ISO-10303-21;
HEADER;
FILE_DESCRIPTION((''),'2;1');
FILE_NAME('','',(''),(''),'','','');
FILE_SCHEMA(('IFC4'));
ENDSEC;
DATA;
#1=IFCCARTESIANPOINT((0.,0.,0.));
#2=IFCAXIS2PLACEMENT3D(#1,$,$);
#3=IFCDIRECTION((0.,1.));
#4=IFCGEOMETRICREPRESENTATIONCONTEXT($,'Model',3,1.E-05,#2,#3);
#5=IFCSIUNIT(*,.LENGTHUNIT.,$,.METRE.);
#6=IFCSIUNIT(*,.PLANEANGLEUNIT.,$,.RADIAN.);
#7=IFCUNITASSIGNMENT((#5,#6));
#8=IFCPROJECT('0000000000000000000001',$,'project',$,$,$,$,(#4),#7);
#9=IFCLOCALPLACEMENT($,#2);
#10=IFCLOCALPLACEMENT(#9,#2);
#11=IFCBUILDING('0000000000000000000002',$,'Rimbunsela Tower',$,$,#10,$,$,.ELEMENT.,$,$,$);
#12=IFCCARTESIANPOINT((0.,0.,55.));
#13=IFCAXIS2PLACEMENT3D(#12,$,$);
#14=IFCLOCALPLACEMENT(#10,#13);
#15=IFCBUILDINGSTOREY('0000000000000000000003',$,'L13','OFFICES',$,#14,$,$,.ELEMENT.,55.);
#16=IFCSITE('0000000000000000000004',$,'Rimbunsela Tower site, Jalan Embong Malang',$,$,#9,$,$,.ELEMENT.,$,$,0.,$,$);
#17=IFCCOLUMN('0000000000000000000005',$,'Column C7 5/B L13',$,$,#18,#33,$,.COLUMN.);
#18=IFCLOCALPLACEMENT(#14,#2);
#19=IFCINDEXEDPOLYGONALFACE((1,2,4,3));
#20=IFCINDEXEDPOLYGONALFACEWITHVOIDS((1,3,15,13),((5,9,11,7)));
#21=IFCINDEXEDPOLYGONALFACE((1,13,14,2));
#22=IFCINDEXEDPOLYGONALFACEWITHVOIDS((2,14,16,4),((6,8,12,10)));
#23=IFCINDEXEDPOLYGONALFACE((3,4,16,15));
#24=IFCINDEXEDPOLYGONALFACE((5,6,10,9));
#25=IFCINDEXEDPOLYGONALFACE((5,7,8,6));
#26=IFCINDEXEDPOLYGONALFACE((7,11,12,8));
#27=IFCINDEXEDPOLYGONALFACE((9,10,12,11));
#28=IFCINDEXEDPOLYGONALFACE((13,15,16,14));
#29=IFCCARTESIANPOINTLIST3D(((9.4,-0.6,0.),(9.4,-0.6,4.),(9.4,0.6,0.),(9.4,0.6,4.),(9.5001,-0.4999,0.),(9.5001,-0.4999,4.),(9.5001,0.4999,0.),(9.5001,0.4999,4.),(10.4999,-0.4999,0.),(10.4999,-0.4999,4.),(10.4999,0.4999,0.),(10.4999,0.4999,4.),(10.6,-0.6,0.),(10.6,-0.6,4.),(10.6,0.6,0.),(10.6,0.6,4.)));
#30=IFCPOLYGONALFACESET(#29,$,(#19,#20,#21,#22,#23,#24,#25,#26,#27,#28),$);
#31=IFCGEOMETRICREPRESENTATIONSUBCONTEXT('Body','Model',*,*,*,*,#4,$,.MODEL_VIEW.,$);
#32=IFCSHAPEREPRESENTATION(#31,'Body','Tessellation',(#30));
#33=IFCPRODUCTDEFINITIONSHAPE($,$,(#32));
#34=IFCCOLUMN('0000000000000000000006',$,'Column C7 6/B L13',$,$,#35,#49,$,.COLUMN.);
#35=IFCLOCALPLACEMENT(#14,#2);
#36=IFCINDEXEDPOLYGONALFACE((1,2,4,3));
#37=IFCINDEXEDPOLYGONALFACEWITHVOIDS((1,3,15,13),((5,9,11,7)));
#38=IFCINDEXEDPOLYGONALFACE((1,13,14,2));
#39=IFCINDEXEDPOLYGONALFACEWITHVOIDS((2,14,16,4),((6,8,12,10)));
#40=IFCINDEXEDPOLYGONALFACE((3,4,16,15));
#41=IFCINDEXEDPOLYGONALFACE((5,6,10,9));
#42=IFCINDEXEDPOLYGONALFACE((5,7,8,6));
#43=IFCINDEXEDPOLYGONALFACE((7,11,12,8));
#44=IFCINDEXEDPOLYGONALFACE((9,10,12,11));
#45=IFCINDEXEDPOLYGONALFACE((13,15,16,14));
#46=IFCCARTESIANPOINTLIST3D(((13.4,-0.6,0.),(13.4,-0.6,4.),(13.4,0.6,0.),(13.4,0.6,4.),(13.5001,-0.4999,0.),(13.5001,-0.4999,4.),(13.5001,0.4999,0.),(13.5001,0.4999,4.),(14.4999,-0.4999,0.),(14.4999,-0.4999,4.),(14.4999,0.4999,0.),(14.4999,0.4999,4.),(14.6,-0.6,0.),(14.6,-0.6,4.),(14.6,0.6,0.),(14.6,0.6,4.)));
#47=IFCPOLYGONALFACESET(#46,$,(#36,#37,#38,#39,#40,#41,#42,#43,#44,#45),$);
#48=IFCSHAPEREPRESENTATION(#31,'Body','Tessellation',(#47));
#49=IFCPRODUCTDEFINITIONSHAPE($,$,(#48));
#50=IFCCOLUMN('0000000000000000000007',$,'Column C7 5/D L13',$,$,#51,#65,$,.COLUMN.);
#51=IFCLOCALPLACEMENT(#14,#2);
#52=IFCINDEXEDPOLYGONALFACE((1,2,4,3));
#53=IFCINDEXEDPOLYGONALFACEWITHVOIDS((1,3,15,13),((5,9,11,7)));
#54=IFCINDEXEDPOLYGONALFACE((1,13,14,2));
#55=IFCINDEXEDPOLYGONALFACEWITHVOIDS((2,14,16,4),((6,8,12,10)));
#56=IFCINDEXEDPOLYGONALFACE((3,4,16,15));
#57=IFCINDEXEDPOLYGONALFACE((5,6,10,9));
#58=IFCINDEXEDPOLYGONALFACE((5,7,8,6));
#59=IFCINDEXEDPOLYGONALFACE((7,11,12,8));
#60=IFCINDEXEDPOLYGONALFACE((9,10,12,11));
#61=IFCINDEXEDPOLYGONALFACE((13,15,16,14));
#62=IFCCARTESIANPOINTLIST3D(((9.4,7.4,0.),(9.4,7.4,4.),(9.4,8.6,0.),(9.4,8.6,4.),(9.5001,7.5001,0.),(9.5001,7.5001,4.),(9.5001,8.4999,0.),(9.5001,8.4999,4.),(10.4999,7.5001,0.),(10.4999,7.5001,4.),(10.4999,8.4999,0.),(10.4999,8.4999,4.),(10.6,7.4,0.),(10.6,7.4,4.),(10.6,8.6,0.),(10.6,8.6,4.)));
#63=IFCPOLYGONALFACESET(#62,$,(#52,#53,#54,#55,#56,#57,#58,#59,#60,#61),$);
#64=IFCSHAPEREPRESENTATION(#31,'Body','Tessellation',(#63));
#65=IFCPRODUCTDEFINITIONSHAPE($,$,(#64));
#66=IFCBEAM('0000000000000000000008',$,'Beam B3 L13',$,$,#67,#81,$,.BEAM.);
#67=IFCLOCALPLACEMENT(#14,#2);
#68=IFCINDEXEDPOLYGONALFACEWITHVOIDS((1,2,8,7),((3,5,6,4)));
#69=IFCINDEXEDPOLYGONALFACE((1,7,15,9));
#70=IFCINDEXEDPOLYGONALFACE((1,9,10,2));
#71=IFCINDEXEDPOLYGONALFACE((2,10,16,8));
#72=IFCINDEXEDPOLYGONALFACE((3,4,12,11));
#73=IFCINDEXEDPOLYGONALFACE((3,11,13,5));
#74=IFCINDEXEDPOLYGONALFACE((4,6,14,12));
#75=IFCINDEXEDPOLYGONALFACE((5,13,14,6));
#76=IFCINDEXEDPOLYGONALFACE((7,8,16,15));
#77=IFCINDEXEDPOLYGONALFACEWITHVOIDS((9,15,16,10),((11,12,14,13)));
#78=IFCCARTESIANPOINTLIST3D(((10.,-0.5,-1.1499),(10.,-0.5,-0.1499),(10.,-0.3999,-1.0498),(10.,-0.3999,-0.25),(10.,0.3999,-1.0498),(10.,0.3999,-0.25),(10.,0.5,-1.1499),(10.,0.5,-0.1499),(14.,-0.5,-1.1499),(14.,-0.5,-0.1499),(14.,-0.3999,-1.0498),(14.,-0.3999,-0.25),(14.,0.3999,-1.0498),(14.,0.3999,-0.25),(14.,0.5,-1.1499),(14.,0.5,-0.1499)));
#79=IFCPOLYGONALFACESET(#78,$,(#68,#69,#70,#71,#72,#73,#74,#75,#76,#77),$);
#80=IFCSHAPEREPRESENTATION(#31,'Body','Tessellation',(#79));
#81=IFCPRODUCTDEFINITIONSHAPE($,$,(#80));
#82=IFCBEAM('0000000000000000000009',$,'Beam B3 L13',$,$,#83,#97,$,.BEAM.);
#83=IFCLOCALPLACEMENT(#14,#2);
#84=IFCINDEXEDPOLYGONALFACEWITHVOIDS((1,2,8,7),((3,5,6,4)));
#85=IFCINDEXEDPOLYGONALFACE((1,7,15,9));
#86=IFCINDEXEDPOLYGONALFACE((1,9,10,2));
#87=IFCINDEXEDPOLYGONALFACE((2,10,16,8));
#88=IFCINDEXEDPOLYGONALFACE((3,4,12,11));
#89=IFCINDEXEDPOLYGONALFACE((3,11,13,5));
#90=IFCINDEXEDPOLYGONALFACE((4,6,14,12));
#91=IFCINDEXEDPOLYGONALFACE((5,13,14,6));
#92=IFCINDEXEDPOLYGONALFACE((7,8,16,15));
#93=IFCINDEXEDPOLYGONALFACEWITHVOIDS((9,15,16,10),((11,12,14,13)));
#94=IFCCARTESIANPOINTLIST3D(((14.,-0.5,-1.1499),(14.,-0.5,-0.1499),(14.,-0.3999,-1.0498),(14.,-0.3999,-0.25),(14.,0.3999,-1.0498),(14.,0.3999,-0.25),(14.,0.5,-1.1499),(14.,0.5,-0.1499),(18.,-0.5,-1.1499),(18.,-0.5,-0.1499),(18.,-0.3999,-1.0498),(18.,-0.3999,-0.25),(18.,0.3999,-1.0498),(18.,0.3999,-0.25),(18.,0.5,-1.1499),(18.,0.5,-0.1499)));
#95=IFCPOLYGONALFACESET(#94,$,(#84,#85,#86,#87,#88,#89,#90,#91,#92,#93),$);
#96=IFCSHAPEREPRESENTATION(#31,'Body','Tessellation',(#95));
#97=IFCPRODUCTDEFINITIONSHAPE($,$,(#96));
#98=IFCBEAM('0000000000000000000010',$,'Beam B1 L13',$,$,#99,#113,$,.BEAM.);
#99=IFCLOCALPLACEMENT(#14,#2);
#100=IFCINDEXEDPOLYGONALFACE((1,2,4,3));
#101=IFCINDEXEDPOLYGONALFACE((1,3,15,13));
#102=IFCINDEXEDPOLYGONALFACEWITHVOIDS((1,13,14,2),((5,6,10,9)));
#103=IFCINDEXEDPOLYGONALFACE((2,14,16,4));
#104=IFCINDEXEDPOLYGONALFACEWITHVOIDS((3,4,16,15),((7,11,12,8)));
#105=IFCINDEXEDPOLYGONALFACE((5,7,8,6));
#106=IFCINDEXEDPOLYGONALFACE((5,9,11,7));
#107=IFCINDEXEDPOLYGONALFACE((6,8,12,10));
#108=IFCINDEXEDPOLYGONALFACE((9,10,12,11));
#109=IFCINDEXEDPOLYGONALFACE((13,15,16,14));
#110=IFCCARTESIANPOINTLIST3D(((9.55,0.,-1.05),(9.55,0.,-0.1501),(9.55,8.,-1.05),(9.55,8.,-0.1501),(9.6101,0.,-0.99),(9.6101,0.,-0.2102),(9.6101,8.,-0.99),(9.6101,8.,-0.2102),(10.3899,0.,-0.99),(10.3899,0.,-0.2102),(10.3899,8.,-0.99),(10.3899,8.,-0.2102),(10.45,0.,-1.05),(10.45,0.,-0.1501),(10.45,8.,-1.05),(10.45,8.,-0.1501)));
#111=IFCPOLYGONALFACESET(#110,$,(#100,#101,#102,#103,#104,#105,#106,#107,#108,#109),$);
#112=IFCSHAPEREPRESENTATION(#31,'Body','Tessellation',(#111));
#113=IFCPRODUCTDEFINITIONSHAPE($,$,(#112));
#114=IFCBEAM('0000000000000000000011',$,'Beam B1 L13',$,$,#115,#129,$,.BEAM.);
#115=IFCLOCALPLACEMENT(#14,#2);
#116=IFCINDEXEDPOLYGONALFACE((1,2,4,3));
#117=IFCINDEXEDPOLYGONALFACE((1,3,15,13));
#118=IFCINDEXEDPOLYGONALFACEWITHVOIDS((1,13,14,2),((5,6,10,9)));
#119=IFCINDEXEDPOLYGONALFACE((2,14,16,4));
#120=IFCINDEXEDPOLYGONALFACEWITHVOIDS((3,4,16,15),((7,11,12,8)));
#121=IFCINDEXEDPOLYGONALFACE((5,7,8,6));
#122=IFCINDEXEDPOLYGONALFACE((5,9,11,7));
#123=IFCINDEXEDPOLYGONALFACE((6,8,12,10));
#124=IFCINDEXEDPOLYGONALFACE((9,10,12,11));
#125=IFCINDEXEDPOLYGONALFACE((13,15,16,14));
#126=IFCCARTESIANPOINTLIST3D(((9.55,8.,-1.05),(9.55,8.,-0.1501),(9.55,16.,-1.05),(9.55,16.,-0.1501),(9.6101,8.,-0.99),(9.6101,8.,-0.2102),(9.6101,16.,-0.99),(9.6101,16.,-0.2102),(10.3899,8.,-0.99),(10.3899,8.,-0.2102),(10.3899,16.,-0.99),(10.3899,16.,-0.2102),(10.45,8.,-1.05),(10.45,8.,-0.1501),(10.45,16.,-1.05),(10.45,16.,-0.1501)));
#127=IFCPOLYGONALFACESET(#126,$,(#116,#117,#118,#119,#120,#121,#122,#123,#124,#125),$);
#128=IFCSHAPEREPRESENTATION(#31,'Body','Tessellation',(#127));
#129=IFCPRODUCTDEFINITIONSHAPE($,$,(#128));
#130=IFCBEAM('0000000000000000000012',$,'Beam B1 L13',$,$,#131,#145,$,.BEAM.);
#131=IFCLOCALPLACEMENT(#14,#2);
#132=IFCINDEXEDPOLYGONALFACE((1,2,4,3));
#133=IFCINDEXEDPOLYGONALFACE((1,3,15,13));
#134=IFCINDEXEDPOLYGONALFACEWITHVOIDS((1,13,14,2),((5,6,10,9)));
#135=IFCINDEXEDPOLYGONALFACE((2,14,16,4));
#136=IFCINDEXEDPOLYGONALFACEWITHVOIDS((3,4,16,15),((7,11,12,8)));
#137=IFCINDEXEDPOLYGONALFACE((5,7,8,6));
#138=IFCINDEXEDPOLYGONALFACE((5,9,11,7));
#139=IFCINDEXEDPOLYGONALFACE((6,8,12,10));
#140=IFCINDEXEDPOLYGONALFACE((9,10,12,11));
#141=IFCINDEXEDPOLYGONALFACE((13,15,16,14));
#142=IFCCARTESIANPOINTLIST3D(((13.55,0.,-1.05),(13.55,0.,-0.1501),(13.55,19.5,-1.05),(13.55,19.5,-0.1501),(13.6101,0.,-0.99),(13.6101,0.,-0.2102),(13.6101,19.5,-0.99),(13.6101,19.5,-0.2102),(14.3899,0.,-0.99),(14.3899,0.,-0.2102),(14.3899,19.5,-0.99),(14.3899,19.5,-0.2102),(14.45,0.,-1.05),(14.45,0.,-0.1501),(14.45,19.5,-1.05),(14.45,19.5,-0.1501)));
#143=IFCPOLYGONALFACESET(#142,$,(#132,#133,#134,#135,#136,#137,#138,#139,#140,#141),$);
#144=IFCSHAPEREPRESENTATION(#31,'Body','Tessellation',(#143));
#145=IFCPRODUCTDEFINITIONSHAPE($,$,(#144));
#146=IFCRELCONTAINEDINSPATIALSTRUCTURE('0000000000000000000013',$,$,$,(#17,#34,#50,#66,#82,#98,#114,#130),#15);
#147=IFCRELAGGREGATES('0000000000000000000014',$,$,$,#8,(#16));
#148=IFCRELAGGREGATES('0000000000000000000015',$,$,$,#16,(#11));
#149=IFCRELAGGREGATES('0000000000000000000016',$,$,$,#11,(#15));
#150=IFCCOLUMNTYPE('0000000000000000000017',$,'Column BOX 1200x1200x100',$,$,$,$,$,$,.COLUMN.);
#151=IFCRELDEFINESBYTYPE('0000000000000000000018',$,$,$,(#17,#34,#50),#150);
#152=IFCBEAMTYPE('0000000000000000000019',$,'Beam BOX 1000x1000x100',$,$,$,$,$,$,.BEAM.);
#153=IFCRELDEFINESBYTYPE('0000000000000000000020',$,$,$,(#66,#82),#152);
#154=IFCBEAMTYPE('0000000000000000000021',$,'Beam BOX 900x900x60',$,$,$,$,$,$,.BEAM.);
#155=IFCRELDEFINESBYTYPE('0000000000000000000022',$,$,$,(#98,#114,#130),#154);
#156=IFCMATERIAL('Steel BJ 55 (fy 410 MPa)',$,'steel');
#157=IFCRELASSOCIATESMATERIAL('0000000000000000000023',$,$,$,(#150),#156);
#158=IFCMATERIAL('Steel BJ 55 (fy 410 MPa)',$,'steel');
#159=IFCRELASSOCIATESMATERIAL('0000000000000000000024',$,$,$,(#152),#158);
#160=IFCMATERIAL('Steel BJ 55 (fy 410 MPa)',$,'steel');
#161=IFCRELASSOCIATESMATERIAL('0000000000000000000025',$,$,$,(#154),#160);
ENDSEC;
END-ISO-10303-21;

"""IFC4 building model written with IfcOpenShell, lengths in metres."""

from ifc_helpers import new_model, si_unit, direction, frame, origin, origin_2d, place, context, subcontext, project, spatial, hollow_rectangle, extrude, material, material_profile, profile_set, type_object, element, save


model = new_model("IFC4")

# Units and contexts
model_context = context("Model", 3, precision=1e-05, world=origin(), true_north=direction((0.0, 1.0)))
body_context = subcontext(model_context, "Body", "Model", "MODEL_VIEW")
ifc_project = project(units=[si_unit("LENGTHUNIT", "METRE"), si_unit("PLANEANGLEUNIT", "RADIAN")], contexts=[model_context])

# Site, building, storey
site_placement = place(None, origin())
site = spatial("IfcSite", under=ifc_project, at=site_placement, Name="Rimbunsela Tower site, Jalan Embong Malang", CompositionType="ELEMENT", RefElevation=0.0)
building_placement = place(site_placement, origin())
building = spatial("IfcBuilding", under=site, at=building_placement, Name="Rimbunsela Tower", CompositionType="ELEMENT")
storey_placement = place(building_placement, frame((0.0, 0.0, 55.0)))
storey = spatial("IfcBuildingStorey", under=building, at=storey_placement, Name="L13", Description="OFFICES", CompositionType="ELEMENT", Elevation=55.0)

# Columns
ifc_material_1 = material(Name="Steel BJ 55 (fy 410 MPa)", Category="steel")
ifc_material_profile_1 = material_profile(ifc_material_1, hollow_rectangle(XDim=1.2, YDim=1.2, WallThickness=0.1001, at=origin_2d()), Name="BOX 1200x1200x100")
ifc_profile_set_1 = profile_set([ifc_material_profile_1], Name="Steel BJ 55 (fy 410 MPa)")
column_type = type_object("IfcColumnType", Name="Column BOX 1200x1200x100", PredefinedType="COLUMN", material=ifc_profile_set_1)
for number, where, z_axis, x_axis, name in (
    (1, (10.0, 0.0, 0.0), (0.0, 0.0, 1.0), (1.0, 0.0, 0.0), "Column C7 5/B L13"),
    (2, (14.0, 0.0, 0.0), (0.0, 0.0, 1.0), (1.0, 0.0, 0.0), "Column C7 6/B L13"),
    (3, (10.0, 8.0, 0.0), (0.0, 0.0, 1.0), (1.0, 0.0, 0.0), "Column C7 5/D L13"),
):
    element("IfcColumn", number, at=place(storey_placement, frame(where, z_axis=z_axis, x_axis=x_axis)), inside=storey, type_object=column_type, Name=name, PredefinedType="COLUMN", context=body_context, shape_type="SweptSolid", body=[
        extrude(hollow_rectangle(XDim=1.2, YDim=1.2, WallThickness=0.1001, at=origin_2d()), origin(), (0.0, 0.0, 1.0), 4.0),
    ])

# Beams
ifc_material_2 = material(Name="Steel BJ 55 (fy 410 MPa)", Category="steel")
ifc_material_profile_2 = material_profile(ifc_material_2, hollow_rectangle(XDim=1.0, YDim=1.0, WallThickness=0.1001, at=origin_2d()), Name="BOX 1000x1000x100")
ifc_profile_set_2 = profile_set([ifc_material_profile_2], Name="Steel BJ 55 (fy 410 MPa)")
beam_type_1 = type_object("IfcBeamType", Name="Beam BOX 1000x1000x100", PredefinedType="BEAM", material=ifc_profile_set_2)
for number, where, z_axis, x_axis, name in (
    (4, (10.0, 0.0, -0.6499), (1.0, 0.0, 0.0), (0.0, 1.0, 0.0), "Beam B3 L13"),
    (5, (14.0, 0.0, -0.6499), (1.0, 0.0, 0.0), (0.0, 1.0, 0.0), "Beam B3 L13"),
):
    element("IfcBeam", number, at=place(storey_placement, frame(where, z_axis=z_axis, x_axis=x_axis)), inside=storey, type_object=beam_type_1, Name=name, PredefinedType="BEAM", context=body_context, shape_type="SweptSolid", body=[
        extrude(hollow_rectangle(XDim=1.0, YDim=1.0, WallThickness=0.1001, at=origin_2d()), origin(), (0.0, 0.0, 1.0), 4.0),
    ])
ifc_material_3 = material(Name="Steel BJ 55 (fy 410 MPa)", Category="steel")
ifc_material_profile_3 = material_profile(ifc_material_3, hollow_rectangle(XDim=0.8999, YDim=0.8999, WallThickness=0.0601, at=origin_2d()), Name="BOX 900x900x60")
ifc_profile_set_3 = profile_set([ifc_material_profile_3], Name="Steel BJ 55 (fy 410 MPa)")
beam_type_2 = type_object("IfcBeamType", Name="Beam BOX 900x900x60", PredefinedType="BEAM", material=ifc_profile_set_3)
for number, where, z_axis, x_axis, name in (
    (6, (10.0, 0.0, -0.6001), (0.0, 1.0, 0.0), (-1.0, 0.0, 0.0), "Beam B1 L13"),
    (7, (10.0, 8.0, -0.6001), (0.0, 1.0, 0.0), (-1.0, 0.0, 0.0), "Beam B1 L13"),
):
    element("IfcBeam", number, at=place(storey_placement, frame(where, z_axis=z_axis, x_axis=x_axis)), inside=storey, type_object=beam_type_2, Name=name, PredefinedType="BEAM", context=body_context, shape_type="SweptSolid", body=[
        extrude(hollow_rectangle(XDim=0.8999, YDim=0.8999, WallThickness=0.0601, at=origin_2d()), origin(), (0.0, 0.0, 1.0), 8.0),
    ])
beam_placement = place(storey_placement, frame((14.0, 0.0, -0.6001), z_axis=(0.0, 1.0, 0.0), x_axis=(-1.0, 0.0, 0.0)))
element("IfcBeam", 8, at=beam_placement, inside=storey, type_object=beam_type_2, Name="Beam B1 L13", PredefinedType="BEAM", context=body_context, shape_type="SweptSolid", body=[
    extrude(hollow_rectangle(XDim=0.8999, YDim=0.8999, WallThickness=0.0601, at=origin_2d()), origin(), (0.0, 0.0, 1.0), 19.5),
])

save(model, "model.ifc")
